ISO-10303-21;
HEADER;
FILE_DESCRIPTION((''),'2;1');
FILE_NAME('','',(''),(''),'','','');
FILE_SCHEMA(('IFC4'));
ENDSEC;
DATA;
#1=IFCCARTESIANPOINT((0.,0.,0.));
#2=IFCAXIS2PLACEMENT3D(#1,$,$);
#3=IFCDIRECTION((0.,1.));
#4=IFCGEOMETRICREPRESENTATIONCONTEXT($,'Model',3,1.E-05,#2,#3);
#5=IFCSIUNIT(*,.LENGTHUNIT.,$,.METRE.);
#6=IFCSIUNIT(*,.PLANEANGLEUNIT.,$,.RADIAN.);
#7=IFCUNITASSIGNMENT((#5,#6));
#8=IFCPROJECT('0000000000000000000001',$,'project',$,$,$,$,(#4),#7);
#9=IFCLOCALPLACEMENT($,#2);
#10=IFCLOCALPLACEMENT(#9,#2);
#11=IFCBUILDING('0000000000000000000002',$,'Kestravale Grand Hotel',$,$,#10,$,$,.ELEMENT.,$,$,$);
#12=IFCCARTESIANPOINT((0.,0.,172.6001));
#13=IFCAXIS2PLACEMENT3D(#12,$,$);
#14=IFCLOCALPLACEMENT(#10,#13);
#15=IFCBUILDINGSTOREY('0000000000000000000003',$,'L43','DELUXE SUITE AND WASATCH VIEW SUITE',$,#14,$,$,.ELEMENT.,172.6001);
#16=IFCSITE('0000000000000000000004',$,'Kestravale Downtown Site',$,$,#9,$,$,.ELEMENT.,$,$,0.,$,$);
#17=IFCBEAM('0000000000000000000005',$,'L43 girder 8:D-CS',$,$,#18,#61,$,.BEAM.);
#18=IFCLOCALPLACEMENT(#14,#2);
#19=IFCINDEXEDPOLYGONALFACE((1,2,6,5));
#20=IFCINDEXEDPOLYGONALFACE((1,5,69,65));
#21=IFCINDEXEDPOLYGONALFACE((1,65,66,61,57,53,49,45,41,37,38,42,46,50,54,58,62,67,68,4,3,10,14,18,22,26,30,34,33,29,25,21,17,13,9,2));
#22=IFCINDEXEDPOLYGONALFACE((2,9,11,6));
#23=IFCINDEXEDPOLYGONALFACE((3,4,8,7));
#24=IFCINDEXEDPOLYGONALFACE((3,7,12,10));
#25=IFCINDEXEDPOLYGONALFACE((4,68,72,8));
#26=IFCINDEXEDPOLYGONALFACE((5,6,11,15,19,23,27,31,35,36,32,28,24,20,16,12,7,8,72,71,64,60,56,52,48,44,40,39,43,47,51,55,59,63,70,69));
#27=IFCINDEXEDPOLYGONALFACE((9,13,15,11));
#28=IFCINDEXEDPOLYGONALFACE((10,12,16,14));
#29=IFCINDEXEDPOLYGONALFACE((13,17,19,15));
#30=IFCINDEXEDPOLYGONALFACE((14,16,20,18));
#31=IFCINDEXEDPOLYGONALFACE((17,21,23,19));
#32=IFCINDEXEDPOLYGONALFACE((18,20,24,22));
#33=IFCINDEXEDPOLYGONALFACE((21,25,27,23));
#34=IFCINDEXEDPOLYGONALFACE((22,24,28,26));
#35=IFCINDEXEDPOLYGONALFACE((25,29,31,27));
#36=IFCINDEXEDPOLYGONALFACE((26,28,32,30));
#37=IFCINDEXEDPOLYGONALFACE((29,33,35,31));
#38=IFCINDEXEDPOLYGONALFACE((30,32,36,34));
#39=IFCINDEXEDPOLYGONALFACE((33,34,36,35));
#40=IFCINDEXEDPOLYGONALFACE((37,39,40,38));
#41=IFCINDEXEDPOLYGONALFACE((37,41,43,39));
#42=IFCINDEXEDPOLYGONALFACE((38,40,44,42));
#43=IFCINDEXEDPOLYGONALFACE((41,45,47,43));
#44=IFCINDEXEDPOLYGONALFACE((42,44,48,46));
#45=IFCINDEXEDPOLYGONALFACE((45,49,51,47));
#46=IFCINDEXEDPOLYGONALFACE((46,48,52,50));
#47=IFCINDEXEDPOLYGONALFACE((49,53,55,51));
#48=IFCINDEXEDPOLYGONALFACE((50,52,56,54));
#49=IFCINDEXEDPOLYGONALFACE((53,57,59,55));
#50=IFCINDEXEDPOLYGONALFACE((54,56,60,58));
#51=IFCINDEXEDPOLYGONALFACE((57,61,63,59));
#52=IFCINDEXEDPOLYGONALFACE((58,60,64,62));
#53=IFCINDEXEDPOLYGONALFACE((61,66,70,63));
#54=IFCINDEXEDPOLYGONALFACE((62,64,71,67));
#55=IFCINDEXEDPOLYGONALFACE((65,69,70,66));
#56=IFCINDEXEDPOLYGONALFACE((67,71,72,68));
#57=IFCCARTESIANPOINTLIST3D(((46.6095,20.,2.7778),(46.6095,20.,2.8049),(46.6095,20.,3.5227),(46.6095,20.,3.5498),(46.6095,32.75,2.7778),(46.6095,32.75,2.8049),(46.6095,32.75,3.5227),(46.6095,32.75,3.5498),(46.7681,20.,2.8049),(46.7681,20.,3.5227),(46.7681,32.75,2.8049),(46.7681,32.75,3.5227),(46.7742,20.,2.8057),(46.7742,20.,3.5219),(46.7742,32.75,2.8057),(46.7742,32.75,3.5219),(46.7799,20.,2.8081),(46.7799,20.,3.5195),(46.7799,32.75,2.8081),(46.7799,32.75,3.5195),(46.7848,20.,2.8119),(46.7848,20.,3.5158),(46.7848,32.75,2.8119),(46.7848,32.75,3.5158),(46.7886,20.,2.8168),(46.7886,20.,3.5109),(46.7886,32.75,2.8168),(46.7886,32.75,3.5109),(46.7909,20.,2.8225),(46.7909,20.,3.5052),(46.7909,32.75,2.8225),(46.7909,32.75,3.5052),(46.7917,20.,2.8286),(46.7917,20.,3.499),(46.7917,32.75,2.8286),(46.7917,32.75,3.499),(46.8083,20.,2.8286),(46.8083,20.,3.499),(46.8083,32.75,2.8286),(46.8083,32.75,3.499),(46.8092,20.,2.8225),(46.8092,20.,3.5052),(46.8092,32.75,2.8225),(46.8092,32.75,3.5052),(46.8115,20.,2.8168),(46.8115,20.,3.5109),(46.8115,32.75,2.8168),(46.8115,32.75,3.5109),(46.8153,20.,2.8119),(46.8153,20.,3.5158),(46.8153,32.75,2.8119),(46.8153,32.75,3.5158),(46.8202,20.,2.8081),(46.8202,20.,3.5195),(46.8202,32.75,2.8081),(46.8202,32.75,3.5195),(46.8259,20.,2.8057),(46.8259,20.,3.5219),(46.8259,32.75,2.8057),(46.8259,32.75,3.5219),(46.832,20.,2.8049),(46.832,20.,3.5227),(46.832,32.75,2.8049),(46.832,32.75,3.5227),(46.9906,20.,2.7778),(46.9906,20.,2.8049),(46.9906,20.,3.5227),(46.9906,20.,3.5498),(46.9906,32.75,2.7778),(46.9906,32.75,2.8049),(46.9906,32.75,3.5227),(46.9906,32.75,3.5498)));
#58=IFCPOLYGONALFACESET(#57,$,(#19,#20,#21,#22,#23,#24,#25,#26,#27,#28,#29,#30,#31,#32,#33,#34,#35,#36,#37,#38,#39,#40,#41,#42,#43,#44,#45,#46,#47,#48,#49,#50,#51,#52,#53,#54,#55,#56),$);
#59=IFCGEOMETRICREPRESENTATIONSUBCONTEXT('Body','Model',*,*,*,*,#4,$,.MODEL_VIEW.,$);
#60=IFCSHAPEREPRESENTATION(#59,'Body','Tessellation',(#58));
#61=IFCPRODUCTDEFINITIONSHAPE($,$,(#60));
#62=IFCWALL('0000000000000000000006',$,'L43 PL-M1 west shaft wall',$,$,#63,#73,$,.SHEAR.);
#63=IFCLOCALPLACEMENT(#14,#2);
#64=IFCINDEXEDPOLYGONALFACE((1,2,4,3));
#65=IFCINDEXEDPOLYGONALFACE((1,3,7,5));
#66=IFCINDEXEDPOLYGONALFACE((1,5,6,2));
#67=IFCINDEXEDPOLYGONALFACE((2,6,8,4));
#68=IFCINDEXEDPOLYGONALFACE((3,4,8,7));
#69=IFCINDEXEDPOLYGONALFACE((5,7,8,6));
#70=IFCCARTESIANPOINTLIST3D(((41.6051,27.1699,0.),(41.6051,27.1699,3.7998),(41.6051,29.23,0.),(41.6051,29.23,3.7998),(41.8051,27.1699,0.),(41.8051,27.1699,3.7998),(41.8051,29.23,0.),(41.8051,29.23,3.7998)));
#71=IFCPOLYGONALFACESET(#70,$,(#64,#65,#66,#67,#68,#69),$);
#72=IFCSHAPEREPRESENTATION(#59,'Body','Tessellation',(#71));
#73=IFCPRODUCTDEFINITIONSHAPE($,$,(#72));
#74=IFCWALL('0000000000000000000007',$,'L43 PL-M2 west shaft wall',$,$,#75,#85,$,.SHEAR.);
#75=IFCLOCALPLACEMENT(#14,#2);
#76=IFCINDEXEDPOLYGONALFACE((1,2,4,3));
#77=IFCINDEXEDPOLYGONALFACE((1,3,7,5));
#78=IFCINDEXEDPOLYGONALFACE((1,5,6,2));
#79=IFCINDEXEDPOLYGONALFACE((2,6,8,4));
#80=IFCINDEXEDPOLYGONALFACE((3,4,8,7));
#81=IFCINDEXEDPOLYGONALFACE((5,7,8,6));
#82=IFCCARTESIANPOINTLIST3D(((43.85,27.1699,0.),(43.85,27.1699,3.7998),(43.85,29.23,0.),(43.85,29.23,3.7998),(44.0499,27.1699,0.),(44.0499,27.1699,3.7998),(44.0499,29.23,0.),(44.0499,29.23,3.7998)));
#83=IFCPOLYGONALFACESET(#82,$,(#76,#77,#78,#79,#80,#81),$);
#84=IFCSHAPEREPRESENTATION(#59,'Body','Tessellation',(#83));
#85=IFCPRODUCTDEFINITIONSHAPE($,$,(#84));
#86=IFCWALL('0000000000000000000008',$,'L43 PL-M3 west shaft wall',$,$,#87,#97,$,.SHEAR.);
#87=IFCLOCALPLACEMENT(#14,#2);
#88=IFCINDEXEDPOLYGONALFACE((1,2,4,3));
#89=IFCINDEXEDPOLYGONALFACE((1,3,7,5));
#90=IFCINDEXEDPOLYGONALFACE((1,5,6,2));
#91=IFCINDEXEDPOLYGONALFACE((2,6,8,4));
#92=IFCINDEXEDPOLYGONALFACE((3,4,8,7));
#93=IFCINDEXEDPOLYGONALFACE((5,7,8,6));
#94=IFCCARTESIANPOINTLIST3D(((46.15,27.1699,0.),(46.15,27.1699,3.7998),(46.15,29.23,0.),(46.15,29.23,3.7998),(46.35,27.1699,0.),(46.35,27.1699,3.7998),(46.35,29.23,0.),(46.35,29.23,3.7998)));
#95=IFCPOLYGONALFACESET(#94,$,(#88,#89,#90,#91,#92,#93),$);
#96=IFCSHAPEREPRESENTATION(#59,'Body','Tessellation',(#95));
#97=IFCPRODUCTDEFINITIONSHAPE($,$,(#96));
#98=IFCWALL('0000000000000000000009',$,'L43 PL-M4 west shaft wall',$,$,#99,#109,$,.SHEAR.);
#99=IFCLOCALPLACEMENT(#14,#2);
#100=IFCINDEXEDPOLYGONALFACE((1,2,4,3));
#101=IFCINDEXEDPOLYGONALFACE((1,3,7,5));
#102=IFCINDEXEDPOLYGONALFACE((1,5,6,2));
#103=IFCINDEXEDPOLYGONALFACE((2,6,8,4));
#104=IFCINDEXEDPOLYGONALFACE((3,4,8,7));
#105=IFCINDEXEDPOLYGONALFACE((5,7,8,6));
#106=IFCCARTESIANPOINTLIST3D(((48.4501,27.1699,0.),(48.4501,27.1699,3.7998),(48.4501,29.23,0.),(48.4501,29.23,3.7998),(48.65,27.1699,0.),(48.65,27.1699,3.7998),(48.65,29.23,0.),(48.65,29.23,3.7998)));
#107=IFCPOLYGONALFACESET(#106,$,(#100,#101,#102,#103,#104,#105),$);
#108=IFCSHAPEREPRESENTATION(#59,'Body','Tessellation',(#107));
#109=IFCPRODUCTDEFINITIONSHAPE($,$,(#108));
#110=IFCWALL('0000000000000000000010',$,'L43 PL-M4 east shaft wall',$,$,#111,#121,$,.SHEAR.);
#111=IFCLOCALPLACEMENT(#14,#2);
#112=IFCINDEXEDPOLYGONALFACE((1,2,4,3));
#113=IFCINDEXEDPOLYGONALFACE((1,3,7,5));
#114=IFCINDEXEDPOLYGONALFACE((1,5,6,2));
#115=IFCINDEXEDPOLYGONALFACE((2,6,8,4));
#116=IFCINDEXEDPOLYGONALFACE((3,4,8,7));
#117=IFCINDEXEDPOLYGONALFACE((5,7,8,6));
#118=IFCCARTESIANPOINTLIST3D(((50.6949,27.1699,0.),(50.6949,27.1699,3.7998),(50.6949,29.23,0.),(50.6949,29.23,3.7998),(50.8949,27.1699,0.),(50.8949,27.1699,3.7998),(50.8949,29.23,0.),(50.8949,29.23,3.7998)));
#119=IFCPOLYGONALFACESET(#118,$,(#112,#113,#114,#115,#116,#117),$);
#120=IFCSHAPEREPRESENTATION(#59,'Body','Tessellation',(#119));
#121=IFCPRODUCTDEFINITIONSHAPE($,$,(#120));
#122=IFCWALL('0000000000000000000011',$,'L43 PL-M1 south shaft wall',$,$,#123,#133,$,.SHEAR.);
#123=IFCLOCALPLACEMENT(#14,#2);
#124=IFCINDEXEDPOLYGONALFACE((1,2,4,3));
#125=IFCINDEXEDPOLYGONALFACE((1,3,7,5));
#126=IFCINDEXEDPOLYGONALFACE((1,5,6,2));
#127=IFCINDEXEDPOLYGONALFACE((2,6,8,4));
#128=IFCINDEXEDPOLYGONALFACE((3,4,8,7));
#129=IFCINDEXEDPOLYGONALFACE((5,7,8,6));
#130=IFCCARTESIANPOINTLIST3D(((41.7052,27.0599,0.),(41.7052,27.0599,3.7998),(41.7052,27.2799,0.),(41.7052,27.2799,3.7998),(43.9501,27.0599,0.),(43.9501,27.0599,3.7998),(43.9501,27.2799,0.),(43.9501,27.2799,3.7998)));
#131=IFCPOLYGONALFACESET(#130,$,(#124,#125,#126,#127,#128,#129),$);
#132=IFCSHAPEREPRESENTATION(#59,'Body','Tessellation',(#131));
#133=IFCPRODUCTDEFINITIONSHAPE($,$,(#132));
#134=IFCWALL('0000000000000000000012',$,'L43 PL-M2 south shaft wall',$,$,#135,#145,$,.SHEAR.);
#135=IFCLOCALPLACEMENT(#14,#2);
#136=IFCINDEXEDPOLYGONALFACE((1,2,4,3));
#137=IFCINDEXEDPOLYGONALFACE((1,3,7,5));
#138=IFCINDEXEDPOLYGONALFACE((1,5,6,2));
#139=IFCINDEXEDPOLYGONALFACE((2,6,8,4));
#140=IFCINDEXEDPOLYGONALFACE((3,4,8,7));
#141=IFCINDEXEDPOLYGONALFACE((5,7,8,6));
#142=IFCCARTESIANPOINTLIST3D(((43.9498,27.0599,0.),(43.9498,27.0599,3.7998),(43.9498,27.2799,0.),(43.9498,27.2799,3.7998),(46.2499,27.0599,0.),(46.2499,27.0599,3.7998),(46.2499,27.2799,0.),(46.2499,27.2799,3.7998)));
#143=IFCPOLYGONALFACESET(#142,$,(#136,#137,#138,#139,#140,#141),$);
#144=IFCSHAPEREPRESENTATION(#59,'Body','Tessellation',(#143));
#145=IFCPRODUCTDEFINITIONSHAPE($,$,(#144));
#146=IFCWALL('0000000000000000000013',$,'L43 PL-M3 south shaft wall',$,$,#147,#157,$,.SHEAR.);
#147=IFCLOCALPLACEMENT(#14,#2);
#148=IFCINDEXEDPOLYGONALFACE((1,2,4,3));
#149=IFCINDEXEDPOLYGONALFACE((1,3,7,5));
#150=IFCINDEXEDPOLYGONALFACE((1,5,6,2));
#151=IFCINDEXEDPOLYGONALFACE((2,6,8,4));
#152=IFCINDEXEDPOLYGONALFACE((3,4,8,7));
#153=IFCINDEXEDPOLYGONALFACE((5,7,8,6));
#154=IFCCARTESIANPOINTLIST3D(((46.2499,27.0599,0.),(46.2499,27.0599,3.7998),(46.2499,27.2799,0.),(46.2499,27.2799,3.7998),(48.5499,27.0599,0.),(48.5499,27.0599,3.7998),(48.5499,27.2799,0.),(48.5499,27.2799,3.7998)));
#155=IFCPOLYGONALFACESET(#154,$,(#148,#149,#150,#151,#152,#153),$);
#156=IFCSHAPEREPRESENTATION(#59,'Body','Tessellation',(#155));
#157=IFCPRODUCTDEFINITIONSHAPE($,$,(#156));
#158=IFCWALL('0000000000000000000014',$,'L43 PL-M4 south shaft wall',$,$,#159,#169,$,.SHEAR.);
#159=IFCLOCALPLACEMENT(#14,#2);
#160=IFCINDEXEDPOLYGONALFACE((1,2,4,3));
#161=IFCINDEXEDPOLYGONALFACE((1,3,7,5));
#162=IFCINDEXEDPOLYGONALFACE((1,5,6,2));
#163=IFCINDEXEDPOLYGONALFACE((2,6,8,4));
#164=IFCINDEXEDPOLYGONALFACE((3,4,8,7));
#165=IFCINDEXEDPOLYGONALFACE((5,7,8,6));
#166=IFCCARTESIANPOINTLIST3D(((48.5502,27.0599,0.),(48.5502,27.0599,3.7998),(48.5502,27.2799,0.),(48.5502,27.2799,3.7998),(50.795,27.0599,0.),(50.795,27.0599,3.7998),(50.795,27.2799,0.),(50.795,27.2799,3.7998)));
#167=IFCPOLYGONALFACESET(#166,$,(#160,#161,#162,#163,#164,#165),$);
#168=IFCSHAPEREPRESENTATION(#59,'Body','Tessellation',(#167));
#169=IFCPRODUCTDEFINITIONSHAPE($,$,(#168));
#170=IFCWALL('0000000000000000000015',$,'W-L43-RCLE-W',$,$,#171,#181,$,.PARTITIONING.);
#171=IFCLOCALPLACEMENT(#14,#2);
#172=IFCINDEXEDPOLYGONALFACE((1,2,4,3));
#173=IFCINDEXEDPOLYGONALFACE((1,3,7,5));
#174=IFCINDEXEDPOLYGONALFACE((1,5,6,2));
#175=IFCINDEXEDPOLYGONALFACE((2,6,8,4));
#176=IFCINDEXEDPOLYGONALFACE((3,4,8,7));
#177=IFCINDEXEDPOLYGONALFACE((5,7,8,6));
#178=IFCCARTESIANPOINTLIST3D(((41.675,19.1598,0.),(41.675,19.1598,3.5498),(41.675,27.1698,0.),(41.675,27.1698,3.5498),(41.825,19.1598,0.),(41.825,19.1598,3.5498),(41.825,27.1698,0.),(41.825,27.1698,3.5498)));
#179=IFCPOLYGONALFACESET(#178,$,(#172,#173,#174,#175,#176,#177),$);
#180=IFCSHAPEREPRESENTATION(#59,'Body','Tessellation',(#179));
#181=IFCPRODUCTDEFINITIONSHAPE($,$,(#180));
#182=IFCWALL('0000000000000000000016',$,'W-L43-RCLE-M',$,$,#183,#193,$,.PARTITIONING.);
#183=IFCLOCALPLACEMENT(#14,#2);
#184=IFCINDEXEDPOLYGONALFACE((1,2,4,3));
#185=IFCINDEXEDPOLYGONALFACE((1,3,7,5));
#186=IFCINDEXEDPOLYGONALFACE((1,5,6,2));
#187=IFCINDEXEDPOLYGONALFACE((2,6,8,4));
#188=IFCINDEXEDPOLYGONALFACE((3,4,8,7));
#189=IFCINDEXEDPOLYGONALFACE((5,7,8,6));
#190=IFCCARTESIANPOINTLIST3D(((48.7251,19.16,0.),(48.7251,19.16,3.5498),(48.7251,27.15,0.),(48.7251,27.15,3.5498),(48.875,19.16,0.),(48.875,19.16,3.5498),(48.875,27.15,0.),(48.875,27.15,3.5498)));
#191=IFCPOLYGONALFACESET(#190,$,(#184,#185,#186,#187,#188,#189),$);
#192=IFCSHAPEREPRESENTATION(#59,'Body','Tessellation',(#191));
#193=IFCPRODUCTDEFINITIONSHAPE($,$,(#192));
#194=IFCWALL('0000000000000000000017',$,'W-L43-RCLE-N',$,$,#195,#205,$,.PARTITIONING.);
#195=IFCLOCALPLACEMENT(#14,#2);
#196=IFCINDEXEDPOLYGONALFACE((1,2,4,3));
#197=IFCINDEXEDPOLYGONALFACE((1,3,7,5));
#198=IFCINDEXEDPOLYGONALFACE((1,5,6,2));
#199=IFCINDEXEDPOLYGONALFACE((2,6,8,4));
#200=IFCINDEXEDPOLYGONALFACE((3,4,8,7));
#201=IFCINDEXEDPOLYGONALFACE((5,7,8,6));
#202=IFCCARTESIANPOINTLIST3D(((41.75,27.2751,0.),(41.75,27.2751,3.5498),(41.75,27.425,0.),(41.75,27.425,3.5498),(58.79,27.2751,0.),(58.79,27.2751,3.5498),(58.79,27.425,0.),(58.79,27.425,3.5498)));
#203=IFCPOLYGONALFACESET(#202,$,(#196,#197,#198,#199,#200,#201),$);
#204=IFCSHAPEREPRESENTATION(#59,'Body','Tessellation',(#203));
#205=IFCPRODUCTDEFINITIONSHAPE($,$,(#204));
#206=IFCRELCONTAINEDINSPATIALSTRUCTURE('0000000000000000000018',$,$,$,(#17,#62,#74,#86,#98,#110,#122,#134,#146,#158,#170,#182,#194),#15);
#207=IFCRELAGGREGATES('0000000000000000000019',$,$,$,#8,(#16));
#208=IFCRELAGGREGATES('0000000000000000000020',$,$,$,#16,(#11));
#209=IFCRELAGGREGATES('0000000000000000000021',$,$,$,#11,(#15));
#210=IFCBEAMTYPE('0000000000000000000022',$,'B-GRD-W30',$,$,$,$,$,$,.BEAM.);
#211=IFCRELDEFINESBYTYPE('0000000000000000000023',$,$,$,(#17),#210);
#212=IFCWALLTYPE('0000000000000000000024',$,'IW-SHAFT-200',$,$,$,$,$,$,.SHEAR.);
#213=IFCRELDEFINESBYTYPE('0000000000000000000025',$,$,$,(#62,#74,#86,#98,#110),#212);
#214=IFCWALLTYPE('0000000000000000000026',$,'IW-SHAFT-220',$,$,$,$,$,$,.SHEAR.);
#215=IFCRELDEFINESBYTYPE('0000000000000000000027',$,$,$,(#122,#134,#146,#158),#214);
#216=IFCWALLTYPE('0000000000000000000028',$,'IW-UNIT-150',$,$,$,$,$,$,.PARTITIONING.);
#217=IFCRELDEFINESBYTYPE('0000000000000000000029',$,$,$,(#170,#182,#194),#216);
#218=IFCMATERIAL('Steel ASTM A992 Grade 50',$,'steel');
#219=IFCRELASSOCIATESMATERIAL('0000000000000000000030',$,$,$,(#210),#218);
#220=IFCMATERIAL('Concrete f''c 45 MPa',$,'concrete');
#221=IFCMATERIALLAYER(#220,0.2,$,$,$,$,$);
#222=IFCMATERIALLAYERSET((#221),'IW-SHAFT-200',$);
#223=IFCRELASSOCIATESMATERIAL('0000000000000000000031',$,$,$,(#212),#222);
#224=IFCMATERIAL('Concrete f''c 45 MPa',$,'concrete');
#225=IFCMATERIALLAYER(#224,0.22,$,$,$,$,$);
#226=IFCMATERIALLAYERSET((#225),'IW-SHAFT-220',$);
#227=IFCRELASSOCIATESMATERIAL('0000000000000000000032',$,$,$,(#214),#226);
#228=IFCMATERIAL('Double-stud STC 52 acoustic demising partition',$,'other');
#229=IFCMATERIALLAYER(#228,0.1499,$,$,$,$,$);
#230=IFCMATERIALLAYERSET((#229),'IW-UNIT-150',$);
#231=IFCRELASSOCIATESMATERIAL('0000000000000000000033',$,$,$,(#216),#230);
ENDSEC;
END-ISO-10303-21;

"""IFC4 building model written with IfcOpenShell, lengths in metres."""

from ifc_helpers import new_model, si_unit, direction, frame, frame_2d, origin, origin_2d, place, context, subcontext, project, spatial, rectangle, i_section, extrude, material, layer, layer_set, material_profile, profile_set, type_object, element, save


model = new_model("IFC4")

# Units and contexts
model_context = context("Model", 3, precision=1e-05, world=origin(), true_north=direction((0.0, 1.0)))
body_context = subcontext(model_context, "Body", "Model", "MODEL_VIEW")
ifc_project = project(units=[si_unit("LENGTHUNIT", "METRE"), si_unit("PLANEANGLEUNIT", "RADIAN")], contexts=[model_context])

# Site, building, storey
site_placement = place(None, origin())
site = spatial("IfcSite", under=ifc_project, at=site_placement, Name="Kestravale Downtown Site", CompositionType="ELEMENT", RefElevation=0.0)
building_placement = place(site_placement, origin())
building = spatial("IfcBuilding", under=site, at=building_placement, Name="Kestravale Grand Hotel", CompositionType="ELEMENT")
storey_placement = place(building_placement, frame((0.0, 0.0, 172.6001)))
storey = spatial("IfcBuildingStorey", under=building, at=storey_placement, Name="L43", Description="DELUXE SUITE AND WASATCH VIEW SUITE", CompositionType="ELEMENT", Elevation=172.6001)

# Beam
ifc_material_1 = material(Name="Steel ASTM A992 Grade 50", Category="steel")
ifc_material_profile_1 = material_profile(ifc_material_1, i_section(OverallWidth=0.3811, OverallDepth=0.772, WebThickness=0.0166, FlangeThickness=0.0271, FilletRadius=0.0237, at=origin_2d()))
ifc_profile_set_1 = profile_set([ifc_material_profile_1], Name="Steel ASTM A992 Grade 50")
beam_type = type_object("IfcBeamType", Name="B-GRD-W30", PredefinedType="BEAM", material=ifc_profile_set_1)
beam_1_placement = place(storey_placement, frame((46.8, 20.0, 3.1638), z_axis=(0.0, 1.0, 0.0), x_axis=(-1.0, 0.0, 0.0)))
element("IfcBeam", 1, at=beam_1_placement, inside=storey, type_object=beam_type, Name="L43 girder 8:D-CS", PredefinedType="BEAM", context=body_context, shape_type="SweptSolid", body=[
    extrude(i_section(OverallWidth=0.3811, OverallDepth=0.772, WebThickness=0.0166, FlangeThickness=0.0271, FilletRadius=0.0237, at=origin_2d()), origin(), (0.0, 0.0, 1.0), 12.75),
])

# Walls
ifc_material_2 = material(Name="Concrete f'c 45 MPa", Category="concrete")
ifc_layer_1 = layer(ifc_material_2, 0.2)
ifc_layer_set_1 = layer_set([ifc_layer_1], Name="IW-SHAFT-200")
wall_type_1 = type_object("IfcWallType", Name="IW-SHAFT-200", PredefinedType="SHEAR", material=ifc_layer_set_1)
for number, where, z_axis, x_axis, name in (
    (2, (41.7051, 27.1699, 0.0), (0.0, 0.0, 1.0), (0.0, 1.0, 0.0), "L43 PL-M1 west shaft wall"),
    (3, (43.95, 27.1699, 0.0), (0.0, 0.0, 1.0), (0.0, 1.0, 0.0), "L43 PL-M2 west shaft wall"),
    (4, (46.25, 27.1699, 0.0), (0.0, 0.0, 1.0), (0.0, 1.0, 0.0), "L43 PL-M3 west shaft wall"),
    (5, (48.55, 27.1699, 0.0), (0.0, 0.0, 1.0), (0.0, 1.0, 0.0), "L43 PL-M4 west shaft wall"),
    (6, (50.7949, 27.1699, 0.0), (0.0, 0.0, 1.0), (0.0, 1.0, 0.0), "L43 PL-M4 east shaft wall"),
):
    element("IfcWall", number, at=place(storey_placement, frame(where, z_axis=z_axis, x_axis=x_axis)), inside=storey, type_object=wall_type_1, Name=name, PredefinedType="SHEAR", context=body_context, shape_type="SweptSolid", body=[
        extrude(rectangle(XDim=2.0601, YDim=0.2, at=frame_2d((1.03, 0.0))), origin(), (0.0, 0.0, 1.0), 3.7998),
    ])

# Shared definitions
ifc_material_3 = material(Name="Concrete f'c 45 MPa", Category="concrete")
ifc_layer_2 = layer(ifc_material_3, 0.22)
ifc_layer_set_2 = layer_set([ifc_layer_2], Name="IW-SHAFT-220")
wall_type_2 = type_object("IfcWallType", Name="IW-SHAFT-220", PredefinedType="SHEAR", material=ifc_layer_set_2)

# Walls
wall_1_placement = place(storey_placement, frame((41.7051, 27.1699, 0.0), z_axis=(0.0, 0.0, 1.0), x_axis=(1.0, 0.0, 0.0)))
element("IfcWall", 7, at=wall_1_placement, inside=storey, type_object=wall_type_2, Name="L43 PL-M1 south shaft wall", PredefinedType="SHEAR", context=body_context, shape_type="SweptSolid", body=[
    extrude(rectangle(XDim=2.2449, YDim=0.22, at=frame_2d((1.1226, 0.0))), origin(), (0.0, 0.0, 1.0), 3.7998),
])
for number, where, z_axis, x_axis, name in (
    (8, (43.95, 27.1699, 0.0), (0.0, 0.0, 1.0), (1.0, 0.0, 0.0), "L43 PL-M2 south shaft wall"),
    (9, (46.25, 27.1699, 0.0), (0.0, 0.0, 1.0), (1.0, 0.0, 0.0), "L43 PL-M3 south shaft wall"),
):
    element("IfcWall", number, at=place(storey_placement, frame(where, z_axis=z_axis, x_axis=x_axis)), inside=storey, type_object=wall_type_2, Name=name, PredefinedType="SHEAR", context=body_context, shape_type="SweptSolid", body=[
        extrude(rectangle(XDim=2.3, YDim=0.22, at=frame_2d((1.1499, 0.0))), origin(), (0.0, 0.0, 1.0), 3.7998),
    ])
wall_2_placement = place(storey_placement, frame((48.55, 27.1699, 0.0), z_axis=(0.0, 0.0, 1.0), x_axis=(1.0, 0.0, 0.0)))
element("IfcWall", 10, at=wall_2_placement, inside=storey, type_object=wall_type_2, Name="L43 PL-M4 south shaft wall", PredefinedType="SHEAR", context=body_context, shape_type="SweptSolid", body=[
    extrude(rectangle(XDim=2.2449, YDim=0.22, at=frame_2d((1.1226, 0.0))), origin(), (0.0, 0.0, 1.0), 3.7998),
])
ifc_material_4 = material(Name="Double-stud STC 52 acoustic demising partition", Category="other")
ifc_layer_3 = layer(ifc_material_4, 0.1499)
ifc_layer_set_3 = layer_set([ifc_layer_3], Name="IW-UNIT-150")
wall_type_3 = type_object("IfcWallType", Name="IW-UNIT-150", PredefinedType="PARTITIONING", material=ifc_layer_set_3)
wall_3_placement = place(storey_placement, frame((41.75, 19.1599, 0.0), z_axis=(0.0, 0.0, 1.0), x_axis=(0.0, 1.0, 0.0)))
element("IfcWall", 11, at=wall_3_placement, inside=storey, type_object=wall_type_3, Name="W-L43-RCLE-W", PredefinedType="PARTITIONING", context=body_context, shape_type="SweptSolid", body=[
    extrude(rectangle(XDim=8.01, YDim=0.1499, at=frame_2d((4.0049, 0.0))), origin(), (0.0, 0.0, 1.0), 3.5498),
])
wall_4_placement = place(storey_placement, frame((48.8, 19.1599, 0.0), z_axis=(0.0, 0.0, 1.0), x_axis=(0.0, 1.0, 0.0)))
element("IfcWall", 12, at=wall_4_placement, inside=storey, type_object=wall_type_3, Name="W-L43-RCLE-M", PredefinedType="PARTITIONING", context=body_context, shape_type="SweptSolid", body=[
    extrude(rectangle(XDim=7.99, YDim=0.1499, at=frame_2d((3.9951, 0.0))), origin(), (0.0, 0.0, 1.0), 3.5498),
])
wall_5_placement = place(storey_placement, frame((41.75, 27.3501, 0.0), z_axis=(0.0, 0.0, 1.0), x_axis=(1.0, 0.0, 0.0)))
element("IfcWall", 13, at=wall_5_placement, inside=storey, type_object=wall_type_3, Name="W-L43-RCLE-N", PredefinedType="PARTITIONING", context=body_context, shape_type="SweptSolid", body=[
    extrude(rectangle(XDim=17.04, YDim=0.1499, at=frame_2d((8.52, 0.0))), origin(), (0.0, 0.0, 1.0), 3.5498),
])

save(model, "model.ifc")
